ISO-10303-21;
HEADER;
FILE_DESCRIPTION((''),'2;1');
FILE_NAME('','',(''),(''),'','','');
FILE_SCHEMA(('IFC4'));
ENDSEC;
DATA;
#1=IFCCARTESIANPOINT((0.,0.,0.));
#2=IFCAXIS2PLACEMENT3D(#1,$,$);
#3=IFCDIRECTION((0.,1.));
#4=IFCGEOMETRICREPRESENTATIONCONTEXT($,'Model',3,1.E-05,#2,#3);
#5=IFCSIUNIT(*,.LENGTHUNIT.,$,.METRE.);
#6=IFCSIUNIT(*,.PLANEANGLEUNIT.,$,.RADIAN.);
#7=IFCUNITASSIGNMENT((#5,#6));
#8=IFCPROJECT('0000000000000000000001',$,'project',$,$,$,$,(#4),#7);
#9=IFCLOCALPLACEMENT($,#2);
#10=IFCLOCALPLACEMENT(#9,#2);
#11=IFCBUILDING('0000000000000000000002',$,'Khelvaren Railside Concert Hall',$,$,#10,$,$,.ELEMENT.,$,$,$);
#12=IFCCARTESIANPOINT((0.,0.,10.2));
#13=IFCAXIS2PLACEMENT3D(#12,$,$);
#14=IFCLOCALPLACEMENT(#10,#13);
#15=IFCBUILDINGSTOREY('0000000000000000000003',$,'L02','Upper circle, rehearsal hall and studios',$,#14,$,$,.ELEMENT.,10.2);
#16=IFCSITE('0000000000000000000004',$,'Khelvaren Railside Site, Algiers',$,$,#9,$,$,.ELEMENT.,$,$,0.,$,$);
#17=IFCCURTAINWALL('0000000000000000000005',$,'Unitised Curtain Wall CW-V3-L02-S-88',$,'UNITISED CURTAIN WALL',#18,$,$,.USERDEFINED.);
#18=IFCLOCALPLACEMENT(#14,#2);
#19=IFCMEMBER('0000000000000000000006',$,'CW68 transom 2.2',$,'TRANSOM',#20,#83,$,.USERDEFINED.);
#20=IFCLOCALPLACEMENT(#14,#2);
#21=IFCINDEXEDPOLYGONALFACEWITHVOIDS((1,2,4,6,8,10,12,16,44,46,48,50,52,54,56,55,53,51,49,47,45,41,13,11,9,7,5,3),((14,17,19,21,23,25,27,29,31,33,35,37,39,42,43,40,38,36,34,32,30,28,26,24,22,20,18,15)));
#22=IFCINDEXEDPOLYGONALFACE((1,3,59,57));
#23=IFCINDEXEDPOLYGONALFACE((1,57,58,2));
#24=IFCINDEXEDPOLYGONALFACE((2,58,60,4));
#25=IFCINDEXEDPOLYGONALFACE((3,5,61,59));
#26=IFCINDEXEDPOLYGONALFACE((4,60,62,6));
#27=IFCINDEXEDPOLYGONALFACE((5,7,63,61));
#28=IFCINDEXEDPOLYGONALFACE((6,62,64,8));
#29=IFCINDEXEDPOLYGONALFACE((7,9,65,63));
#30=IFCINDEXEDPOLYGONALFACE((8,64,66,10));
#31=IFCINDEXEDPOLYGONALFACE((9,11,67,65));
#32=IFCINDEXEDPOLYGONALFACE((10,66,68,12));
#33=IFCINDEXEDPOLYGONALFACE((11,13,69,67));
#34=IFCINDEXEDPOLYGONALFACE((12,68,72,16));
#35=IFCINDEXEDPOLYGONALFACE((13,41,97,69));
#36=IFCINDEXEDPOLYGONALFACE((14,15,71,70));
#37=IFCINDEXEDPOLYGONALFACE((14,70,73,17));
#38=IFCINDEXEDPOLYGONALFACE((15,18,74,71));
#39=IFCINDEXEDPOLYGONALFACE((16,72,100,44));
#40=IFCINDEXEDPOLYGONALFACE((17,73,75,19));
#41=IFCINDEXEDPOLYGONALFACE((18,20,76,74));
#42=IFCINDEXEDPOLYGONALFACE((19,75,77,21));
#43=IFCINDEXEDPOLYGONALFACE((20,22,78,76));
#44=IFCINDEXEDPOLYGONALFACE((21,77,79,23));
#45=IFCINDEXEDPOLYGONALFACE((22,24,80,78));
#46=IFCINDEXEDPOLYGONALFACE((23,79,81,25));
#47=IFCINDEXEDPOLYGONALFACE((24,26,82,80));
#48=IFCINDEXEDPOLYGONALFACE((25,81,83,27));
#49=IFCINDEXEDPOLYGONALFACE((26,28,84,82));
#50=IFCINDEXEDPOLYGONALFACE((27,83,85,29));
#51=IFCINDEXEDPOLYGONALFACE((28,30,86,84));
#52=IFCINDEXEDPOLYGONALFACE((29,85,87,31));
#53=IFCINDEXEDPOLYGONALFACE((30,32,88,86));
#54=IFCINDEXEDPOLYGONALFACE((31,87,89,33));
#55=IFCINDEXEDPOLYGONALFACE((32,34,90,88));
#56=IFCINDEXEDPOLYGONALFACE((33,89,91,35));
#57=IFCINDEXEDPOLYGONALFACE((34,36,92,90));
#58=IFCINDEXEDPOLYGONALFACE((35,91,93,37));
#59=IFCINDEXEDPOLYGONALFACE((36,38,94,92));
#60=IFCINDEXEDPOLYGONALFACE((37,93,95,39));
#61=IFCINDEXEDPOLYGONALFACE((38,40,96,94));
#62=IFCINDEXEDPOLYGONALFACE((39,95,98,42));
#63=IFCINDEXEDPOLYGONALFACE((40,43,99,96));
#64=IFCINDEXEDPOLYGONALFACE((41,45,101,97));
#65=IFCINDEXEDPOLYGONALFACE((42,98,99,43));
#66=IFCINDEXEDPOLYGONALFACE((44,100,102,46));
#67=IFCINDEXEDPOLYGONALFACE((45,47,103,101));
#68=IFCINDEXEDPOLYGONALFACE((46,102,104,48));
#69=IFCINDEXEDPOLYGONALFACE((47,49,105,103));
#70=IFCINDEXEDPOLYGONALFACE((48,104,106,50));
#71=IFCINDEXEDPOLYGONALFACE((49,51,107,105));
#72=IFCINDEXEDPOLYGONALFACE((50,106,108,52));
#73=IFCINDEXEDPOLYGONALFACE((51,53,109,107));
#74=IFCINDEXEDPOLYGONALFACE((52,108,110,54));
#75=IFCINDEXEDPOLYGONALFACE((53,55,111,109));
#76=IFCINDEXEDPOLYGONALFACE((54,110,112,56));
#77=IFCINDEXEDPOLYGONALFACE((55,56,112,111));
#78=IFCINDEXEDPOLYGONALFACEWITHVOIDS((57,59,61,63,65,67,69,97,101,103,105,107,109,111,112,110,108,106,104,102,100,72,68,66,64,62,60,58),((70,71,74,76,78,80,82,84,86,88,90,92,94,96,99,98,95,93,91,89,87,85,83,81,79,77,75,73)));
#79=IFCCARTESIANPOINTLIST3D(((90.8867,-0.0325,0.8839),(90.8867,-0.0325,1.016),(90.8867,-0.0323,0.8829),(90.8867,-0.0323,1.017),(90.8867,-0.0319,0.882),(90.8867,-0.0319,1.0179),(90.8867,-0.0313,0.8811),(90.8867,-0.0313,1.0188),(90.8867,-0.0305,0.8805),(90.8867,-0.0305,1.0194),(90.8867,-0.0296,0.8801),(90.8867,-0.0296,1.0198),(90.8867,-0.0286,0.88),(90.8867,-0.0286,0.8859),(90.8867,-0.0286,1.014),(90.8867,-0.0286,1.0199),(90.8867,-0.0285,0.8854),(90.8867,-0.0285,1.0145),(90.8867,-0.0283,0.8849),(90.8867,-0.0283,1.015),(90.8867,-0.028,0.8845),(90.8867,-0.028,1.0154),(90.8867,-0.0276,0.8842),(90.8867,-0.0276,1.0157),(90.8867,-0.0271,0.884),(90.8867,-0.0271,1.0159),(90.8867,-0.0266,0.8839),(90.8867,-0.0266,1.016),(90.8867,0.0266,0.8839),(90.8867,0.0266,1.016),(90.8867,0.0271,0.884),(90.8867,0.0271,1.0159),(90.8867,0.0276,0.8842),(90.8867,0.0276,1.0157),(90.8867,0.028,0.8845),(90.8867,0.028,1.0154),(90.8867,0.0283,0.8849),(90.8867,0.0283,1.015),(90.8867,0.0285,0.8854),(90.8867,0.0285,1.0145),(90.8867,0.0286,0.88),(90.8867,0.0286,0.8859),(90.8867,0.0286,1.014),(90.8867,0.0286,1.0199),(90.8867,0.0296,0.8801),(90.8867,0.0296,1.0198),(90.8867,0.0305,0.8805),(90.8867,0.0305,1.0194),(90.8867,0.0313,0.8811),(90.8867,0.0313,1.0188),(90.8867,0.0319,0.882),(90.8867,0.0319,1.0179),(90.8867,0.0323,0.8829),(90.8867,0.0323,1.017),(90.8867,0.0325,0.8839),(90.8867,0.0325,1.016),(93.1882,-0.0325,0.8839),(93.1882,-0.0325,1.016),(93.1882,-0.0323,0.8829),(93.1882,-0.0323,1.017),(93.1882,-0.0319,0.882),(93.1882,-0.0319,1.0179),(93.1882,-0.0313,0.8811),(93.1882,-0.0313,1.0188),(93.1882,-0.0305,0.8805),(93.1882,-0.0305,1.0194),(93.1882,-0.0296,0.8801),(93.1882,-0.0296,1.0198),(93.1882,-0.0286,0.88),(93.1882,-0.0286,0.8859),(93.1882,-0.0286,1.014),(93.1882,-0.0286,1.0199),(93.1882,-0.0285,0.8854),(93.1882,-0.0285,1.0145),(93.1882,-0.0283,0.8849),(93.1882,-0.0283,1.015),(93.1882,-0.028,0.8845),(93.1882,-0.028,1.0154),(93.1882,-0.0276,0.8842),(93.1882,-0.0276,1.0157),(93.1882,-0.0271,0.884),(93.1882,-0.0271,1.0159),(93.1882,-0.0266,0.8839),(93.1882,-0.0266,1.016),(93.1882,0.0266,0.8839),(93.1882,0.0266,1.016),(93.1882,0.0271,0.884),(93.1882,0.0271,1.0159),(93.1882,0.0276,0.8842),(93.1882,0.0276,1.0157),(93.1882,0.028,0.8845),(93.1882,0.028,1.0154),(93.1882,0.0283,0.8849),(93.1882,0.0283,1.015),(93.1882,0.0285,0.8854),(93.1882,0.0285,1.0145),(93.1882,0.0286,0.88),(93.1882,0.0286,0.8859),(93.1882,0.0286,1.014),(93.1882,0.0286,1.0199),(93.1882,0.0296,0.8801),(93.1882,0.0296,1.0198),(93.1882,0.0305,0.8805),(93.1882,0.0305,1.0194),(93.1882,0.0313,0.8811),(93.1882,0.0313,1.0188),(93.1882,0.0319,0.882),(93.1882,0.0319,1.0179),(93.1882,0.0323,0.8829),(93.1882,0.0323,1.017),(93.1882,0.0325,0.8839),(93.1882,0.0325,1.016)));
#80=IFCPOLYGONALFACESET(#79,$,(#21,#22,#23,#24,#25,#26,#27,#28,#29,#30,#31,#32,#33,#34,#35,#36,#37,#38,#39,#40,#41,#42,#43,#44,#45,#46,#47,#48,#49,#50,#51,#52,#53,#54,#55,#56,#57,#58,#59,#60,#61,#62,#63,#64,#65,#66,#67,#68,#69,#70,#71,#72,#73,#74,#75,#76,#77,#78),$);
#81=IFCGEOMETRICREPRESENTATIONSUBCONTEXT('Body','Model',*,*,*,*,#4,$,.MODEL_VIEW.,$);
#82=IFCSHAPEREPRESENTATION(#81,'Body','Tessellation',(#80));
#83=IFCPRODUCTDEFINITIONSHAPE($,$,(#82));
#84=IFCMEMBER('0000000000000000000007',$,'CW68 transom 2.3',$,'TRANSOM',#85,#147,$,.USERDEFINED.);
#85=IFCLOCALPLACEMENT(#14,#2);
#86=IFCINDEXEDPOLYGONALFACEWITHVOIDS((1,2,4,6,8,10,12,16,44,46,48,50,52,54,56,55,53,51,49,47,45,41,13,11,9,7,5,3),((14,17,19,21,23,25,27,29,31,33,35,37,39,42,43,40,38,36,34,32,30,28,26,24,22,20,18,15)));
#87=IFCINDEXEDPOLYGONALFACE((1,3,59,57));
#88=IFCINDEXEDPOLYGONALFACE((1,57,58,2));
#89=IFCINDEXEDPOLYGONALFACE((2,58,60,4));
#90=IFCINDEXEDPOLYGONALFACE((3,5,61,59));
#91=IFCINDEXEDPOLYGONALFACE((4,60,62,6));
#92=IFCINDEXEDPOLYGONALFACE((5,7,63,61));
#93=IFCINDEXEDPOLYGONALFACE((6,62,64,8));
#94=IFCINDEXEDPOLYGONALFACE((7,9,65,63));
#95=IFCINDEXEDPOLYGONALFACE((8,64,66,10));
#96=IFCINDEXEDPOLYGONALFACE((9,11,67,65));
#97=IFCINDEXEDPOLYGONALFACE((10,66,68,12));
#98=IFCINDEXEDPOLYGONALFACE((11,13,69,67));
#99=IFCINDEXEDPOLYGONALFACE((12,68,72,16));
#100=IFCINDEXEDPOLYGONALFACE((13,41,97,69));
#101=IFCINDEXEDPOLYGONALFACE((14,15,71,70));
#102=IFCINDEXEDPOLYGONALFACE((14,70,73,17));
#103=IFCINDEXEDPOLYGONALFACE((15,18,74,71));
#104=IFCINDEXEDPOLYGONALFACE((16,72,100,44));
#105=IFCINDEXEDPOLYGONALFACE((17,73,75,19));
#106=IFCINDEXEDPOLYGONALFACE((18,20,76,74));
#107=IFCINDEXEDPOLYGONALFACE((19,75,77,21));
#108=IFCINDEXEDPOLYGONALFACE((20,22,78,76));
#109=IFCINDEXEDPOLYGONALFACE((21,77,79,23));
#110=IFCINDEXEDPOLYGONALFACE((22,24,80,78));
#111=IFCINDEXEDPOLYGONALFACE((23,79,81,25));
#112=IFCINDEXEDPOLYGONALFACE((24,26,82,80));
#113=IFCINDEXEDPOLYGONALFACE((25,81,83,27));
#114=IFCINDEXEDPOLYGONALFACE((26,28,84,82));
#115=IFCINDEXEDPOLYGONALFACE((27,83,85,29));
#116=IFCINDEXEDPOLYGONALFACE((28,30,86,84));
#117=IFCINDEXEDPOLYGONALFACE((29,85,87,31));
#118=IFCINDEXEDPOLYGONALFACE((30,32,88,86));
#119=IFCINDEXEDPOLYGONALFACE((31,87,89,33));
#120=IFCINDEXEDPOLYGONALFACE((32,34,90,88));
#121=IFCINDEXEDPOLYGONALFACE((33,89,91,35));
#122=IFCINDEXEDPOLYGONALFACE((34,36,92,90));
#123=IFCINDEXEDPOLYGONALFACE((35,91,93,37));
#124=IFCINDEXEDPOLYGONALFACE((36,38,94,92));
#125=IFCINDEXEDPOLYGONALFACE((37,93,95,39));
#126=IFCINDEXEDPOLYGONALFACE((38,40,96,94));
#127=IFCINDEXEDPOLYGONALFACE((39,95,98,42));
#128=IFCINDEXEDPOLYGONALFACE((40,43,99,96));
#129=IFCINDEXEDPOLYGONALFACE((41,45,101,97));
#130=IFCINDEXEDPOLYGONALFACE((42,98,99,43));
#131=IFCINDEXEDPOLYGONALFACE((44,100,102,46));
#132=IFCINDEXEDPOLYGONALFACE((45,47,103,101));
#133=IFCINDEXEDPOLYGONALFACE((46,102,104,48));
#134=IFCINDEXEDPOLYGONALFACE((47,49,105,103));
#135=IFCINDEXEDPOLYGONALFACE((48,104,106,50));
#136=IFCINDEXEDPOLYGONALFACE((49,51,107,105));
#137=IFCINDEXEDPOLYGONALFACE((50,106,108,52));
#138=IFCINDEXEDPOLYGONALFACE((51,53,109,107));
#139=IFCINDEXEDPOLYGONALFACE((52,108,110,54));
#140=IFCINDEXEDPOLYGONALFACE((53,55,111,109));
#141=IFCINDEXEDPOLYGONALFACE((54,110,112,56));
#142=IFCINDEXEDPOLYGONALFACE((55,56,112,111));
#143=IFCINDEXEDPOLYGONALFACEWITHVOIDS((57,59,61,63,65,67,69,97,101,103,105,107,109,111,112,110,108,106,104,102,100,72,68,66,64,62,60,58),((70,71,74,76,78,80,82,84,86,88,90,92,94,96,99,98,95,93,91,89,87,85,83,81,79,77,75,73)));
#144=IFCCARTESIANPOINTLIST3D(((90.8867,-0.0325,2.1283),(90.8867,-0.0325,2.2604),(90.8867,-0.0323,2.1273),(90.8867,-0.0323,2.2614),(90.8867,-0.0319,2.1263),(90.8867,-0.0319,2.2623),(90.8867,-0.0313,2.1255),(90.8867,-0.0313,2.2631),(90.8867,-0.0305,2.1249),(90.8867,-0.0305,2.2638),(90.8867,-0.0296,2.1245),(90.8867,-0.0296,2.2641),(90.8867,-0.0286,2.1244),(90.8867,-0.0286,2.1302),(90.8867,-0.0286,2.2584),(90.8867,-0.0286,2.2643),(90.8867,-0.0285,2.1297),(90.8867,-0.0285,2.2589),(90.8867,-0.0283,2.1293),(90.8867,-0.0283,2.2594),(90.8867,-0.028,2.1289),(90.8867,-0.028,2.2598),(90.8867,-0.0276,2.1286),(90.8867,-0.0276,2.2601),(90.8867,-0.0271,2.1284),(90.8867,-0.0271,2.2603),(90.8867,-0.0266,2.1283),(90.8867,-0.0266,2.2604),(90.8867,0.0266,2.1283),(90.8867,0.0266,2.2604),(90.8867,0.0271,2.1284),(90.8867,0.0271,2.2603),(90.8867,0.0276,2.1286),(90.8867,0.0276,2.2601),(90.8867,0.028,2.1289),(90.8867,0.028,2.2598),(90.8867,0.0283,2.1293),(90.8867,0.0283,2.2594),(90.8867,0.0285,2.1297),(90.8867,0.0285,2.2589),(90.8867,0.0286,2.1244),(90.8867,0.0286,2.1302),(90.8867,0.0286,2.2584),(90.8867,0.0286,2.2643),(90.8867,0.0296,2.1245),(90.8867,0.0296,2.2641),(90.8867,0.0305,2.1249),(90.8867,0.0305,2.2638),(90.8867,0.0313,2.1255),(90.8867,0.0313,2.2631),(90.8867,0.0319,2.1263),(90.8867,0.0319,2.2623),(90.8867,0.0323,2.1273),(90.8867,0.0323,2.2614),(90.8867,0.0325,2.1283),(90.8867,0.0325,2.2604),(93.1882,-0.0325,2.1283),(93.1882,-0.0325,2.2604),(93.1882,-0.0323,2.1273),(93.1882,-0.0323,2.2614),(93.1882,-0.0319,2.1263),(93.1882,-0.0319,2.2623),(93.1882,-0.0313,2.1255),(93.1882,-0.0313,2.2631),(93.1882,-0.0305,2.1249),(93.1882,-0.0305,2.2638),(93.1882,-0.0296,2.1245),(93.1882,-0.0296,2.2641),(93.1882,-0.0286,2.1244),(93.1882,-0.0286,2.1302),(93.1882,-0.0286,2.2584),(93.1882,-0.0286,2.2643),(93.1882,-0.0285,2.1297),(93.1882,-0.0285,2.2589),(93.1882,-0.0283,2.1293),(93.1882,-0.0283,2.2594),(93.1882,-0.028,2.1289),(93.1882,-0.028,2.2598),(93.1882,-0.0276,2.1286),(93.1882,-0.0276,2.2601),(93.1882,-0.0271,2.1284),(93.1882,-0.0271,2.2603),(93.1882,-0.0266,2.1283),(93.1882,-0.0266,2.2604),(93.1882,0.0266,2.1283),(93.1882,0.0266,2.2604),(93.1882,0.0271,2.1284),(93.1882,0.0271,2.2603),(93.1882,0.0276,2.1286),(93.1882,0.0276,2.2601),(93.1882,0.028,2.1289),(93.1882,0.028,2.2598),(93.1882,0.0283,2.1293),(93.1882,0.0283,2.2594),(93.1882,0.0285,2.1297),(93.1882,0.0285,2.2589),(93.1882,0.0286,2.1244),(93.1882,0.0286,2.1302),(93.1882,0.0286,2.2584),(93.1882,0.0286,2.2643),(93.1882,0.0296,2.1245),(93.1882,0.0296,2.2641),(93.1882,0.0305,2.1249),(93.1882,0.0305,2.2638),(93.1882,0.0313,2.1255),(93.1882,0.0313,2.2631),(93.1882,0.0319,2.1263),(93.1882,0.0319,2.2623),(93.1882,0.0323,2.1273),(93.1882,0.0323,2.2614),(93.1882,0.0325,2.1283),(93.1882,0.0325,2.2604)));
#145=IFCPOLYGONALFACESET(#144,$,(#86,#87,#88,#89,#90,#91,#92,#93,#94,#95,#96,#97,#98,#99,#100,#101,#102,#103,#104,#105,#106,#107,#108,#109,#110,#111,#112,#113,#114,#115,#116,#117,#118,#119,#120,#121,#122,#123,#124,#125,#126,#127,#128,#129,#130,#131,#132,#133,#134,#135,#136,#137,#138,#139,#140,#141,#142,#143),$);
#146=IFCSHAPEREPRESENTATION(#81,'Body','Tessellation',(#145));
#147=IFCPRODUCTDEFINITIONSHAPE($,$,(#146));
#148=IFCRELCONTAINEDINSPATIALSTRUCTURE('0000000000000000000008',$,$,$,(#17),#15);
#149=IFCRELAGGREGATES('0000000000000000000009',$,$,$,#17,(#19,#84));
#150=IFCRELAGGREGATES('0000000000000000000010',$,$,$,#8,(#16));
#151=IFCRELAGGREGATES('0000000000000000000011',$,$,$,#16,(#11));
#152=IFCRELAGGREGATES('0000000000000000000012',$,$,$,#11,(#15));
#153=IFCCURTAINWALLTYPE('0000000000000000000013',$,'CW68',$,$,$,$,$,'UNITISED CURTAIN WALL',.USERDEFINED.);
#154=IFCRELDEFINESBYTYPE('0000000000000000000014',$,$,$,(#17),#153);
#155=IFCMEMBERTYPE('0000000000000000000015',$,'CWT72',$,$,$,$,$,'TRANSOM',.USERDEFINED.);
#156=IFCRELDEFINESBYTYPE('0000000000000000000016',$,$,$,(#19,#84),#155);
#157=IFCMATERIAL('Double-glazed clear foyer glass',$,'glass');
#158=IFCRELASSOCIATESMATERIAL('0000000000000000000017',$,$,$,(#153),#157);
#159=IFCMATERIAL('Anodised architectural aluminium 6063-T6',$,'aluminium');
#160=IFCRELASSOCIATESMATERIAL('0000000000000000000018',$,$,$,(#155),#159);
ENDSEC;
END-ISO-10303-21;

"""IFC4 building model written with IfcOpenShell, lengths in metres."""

from ifc_helpers import new_model, si_unit, direction, frame, origin, origin_2d, place, context, subcontext, project, spatial, hollow_rectangle, extrude, material, material_profile, profile_set, type_object, element, aggregate, save


model = new_model("IFC4")

# Units and contexts
model_context = context("Model", 3, precision=1e-05, world=origin(), true_north=direction((0.0, 1.0)))
body_context = subcontext(model_context, "Body", "Model", "MODEL_VIEW")
ifc_project = project(units=[si_unit("LENGTHUNIT", "METRE"), si_unit("PLANEANGLEUNIT", "RADIAN")], contexts=[model_context])

# Site, building, storey
site_placement = place(None, origin())
site = spatial("IfcSite", under=ifc_project, at=site_placement, Name="Khelvaren Railside Site, Algiers", CompositionType="ELEMENT", RefElevation=0.0)
building_placement = place(site_placement, origin())
building = spatial("IfcBuilding", under=site, at=building_placement, Name="Khelvaren Railside Concert Hall", CompositionType="ELEMENT")
storey_placement = place(building_placement, frame((0.0, 0.0, 10.2)))
storey = spatial("IfcBuildingStorey", under=building, at=storey_placement, Name="L02", Description="Upper circle, rehearsal hall and studios", CompositionType="ELEMENT", Elevation=10.2)

# Curtain wall, members
ifc_material_1 = material(Name="Double-glazed clear foyer glass", Category="glass")
curtain_wall_type = type_object("IfcCurtainWallType", Name="CW68", ElementType="UNITISED CURTAIN WALL", PredefinedType="USERDEFINED", material=ifc_material_1)
curtain_wall_placement = place(storey_placement, origin())
curtain_wall = element("IfcCurtainWall", 1, at=curtain_wall_placement, inside=storey, type_object=curtain_wall_type, Name="Unitised Curtain Wall CW-V3-L02-S-88", ObjectType="UNITISED CURTAIN WALL", PredefinedType="USERDEFINED")
ifc_material_2 = material(Name="Anodised architectural aluminium 6063-T6", Category="aluminium")
ifc_material_profile_1 = material_profile(ifc_material_2, hollow_rectangle(XDim=0.0649, YDim=0.1399, WallThickness=0.0039, InnerFilletRadius=0.002, OuterFilletRadius=0.0039, at=origin_2d()), Name="CWT 65x140x4")
ifc_profile_set_1 = profile_set([ifc_material_profile_1], Name="Anodised architectural aluminium 6063-T6")
member_type_1 = type_object("IfcMemberType", Name="CWT72", ElementType="TRANSOM", PredefinedType="USERDEFINED", material=ifc_profile_set_1)
member_1_placement = place(storey_placement, frame((93.1882, 0.0, 0.95), z_axis=(-1.0, 0.0, 0.0), x_axis=(0.0, -1.0, 0.0)))
member_1 = element("IfcMember", 2, at=member_1_placement, type_object=member_type_1, Name="CW68 transom 2.2", ObjectType="TRANSOM", PredefinedType="USERDEFINED", context=body_context, shape_type="SweptSolid", body=[
    extrude(hollow_rectangle(XDim=0.0649, YDim=0.1399, WallThickness=0.0039, InnerFilletRadius=0.002, OuterFilletRadius=0.0039, at=origin_2d()), origin(), (0.0, 0.0, 1.0), 2.3015),
])
member_2_placement = place(storey_placement, frame((93.1882, 0.0, 2.1943), z_axis=(-1.0, 0.0, 0.0), x_axis=(0.0, -1.0, 0.0)))
member_2 = element("IfcMember", 3, at=member_2_placement, type_object=member_type_1, Name="CW68 transom 2.3", ObjectType="TRANSOM", PredefinedType="USERDEFINED", context=body_context, shape_type="SweptSolid", body=[
    extrude(hollow_rectangle(XDim=0.0649, YDim=0.1399, WallThickness=0.0039, InnerFilletRadius=0.002, OuterFilletRadius=0.0039, at=origin_2d()), origin(), (0.0, 0.0, 1.0), 2.3015),
])
aggregate(curtain_wall, [member_1, member_2])

save(model, "model.ifc")
